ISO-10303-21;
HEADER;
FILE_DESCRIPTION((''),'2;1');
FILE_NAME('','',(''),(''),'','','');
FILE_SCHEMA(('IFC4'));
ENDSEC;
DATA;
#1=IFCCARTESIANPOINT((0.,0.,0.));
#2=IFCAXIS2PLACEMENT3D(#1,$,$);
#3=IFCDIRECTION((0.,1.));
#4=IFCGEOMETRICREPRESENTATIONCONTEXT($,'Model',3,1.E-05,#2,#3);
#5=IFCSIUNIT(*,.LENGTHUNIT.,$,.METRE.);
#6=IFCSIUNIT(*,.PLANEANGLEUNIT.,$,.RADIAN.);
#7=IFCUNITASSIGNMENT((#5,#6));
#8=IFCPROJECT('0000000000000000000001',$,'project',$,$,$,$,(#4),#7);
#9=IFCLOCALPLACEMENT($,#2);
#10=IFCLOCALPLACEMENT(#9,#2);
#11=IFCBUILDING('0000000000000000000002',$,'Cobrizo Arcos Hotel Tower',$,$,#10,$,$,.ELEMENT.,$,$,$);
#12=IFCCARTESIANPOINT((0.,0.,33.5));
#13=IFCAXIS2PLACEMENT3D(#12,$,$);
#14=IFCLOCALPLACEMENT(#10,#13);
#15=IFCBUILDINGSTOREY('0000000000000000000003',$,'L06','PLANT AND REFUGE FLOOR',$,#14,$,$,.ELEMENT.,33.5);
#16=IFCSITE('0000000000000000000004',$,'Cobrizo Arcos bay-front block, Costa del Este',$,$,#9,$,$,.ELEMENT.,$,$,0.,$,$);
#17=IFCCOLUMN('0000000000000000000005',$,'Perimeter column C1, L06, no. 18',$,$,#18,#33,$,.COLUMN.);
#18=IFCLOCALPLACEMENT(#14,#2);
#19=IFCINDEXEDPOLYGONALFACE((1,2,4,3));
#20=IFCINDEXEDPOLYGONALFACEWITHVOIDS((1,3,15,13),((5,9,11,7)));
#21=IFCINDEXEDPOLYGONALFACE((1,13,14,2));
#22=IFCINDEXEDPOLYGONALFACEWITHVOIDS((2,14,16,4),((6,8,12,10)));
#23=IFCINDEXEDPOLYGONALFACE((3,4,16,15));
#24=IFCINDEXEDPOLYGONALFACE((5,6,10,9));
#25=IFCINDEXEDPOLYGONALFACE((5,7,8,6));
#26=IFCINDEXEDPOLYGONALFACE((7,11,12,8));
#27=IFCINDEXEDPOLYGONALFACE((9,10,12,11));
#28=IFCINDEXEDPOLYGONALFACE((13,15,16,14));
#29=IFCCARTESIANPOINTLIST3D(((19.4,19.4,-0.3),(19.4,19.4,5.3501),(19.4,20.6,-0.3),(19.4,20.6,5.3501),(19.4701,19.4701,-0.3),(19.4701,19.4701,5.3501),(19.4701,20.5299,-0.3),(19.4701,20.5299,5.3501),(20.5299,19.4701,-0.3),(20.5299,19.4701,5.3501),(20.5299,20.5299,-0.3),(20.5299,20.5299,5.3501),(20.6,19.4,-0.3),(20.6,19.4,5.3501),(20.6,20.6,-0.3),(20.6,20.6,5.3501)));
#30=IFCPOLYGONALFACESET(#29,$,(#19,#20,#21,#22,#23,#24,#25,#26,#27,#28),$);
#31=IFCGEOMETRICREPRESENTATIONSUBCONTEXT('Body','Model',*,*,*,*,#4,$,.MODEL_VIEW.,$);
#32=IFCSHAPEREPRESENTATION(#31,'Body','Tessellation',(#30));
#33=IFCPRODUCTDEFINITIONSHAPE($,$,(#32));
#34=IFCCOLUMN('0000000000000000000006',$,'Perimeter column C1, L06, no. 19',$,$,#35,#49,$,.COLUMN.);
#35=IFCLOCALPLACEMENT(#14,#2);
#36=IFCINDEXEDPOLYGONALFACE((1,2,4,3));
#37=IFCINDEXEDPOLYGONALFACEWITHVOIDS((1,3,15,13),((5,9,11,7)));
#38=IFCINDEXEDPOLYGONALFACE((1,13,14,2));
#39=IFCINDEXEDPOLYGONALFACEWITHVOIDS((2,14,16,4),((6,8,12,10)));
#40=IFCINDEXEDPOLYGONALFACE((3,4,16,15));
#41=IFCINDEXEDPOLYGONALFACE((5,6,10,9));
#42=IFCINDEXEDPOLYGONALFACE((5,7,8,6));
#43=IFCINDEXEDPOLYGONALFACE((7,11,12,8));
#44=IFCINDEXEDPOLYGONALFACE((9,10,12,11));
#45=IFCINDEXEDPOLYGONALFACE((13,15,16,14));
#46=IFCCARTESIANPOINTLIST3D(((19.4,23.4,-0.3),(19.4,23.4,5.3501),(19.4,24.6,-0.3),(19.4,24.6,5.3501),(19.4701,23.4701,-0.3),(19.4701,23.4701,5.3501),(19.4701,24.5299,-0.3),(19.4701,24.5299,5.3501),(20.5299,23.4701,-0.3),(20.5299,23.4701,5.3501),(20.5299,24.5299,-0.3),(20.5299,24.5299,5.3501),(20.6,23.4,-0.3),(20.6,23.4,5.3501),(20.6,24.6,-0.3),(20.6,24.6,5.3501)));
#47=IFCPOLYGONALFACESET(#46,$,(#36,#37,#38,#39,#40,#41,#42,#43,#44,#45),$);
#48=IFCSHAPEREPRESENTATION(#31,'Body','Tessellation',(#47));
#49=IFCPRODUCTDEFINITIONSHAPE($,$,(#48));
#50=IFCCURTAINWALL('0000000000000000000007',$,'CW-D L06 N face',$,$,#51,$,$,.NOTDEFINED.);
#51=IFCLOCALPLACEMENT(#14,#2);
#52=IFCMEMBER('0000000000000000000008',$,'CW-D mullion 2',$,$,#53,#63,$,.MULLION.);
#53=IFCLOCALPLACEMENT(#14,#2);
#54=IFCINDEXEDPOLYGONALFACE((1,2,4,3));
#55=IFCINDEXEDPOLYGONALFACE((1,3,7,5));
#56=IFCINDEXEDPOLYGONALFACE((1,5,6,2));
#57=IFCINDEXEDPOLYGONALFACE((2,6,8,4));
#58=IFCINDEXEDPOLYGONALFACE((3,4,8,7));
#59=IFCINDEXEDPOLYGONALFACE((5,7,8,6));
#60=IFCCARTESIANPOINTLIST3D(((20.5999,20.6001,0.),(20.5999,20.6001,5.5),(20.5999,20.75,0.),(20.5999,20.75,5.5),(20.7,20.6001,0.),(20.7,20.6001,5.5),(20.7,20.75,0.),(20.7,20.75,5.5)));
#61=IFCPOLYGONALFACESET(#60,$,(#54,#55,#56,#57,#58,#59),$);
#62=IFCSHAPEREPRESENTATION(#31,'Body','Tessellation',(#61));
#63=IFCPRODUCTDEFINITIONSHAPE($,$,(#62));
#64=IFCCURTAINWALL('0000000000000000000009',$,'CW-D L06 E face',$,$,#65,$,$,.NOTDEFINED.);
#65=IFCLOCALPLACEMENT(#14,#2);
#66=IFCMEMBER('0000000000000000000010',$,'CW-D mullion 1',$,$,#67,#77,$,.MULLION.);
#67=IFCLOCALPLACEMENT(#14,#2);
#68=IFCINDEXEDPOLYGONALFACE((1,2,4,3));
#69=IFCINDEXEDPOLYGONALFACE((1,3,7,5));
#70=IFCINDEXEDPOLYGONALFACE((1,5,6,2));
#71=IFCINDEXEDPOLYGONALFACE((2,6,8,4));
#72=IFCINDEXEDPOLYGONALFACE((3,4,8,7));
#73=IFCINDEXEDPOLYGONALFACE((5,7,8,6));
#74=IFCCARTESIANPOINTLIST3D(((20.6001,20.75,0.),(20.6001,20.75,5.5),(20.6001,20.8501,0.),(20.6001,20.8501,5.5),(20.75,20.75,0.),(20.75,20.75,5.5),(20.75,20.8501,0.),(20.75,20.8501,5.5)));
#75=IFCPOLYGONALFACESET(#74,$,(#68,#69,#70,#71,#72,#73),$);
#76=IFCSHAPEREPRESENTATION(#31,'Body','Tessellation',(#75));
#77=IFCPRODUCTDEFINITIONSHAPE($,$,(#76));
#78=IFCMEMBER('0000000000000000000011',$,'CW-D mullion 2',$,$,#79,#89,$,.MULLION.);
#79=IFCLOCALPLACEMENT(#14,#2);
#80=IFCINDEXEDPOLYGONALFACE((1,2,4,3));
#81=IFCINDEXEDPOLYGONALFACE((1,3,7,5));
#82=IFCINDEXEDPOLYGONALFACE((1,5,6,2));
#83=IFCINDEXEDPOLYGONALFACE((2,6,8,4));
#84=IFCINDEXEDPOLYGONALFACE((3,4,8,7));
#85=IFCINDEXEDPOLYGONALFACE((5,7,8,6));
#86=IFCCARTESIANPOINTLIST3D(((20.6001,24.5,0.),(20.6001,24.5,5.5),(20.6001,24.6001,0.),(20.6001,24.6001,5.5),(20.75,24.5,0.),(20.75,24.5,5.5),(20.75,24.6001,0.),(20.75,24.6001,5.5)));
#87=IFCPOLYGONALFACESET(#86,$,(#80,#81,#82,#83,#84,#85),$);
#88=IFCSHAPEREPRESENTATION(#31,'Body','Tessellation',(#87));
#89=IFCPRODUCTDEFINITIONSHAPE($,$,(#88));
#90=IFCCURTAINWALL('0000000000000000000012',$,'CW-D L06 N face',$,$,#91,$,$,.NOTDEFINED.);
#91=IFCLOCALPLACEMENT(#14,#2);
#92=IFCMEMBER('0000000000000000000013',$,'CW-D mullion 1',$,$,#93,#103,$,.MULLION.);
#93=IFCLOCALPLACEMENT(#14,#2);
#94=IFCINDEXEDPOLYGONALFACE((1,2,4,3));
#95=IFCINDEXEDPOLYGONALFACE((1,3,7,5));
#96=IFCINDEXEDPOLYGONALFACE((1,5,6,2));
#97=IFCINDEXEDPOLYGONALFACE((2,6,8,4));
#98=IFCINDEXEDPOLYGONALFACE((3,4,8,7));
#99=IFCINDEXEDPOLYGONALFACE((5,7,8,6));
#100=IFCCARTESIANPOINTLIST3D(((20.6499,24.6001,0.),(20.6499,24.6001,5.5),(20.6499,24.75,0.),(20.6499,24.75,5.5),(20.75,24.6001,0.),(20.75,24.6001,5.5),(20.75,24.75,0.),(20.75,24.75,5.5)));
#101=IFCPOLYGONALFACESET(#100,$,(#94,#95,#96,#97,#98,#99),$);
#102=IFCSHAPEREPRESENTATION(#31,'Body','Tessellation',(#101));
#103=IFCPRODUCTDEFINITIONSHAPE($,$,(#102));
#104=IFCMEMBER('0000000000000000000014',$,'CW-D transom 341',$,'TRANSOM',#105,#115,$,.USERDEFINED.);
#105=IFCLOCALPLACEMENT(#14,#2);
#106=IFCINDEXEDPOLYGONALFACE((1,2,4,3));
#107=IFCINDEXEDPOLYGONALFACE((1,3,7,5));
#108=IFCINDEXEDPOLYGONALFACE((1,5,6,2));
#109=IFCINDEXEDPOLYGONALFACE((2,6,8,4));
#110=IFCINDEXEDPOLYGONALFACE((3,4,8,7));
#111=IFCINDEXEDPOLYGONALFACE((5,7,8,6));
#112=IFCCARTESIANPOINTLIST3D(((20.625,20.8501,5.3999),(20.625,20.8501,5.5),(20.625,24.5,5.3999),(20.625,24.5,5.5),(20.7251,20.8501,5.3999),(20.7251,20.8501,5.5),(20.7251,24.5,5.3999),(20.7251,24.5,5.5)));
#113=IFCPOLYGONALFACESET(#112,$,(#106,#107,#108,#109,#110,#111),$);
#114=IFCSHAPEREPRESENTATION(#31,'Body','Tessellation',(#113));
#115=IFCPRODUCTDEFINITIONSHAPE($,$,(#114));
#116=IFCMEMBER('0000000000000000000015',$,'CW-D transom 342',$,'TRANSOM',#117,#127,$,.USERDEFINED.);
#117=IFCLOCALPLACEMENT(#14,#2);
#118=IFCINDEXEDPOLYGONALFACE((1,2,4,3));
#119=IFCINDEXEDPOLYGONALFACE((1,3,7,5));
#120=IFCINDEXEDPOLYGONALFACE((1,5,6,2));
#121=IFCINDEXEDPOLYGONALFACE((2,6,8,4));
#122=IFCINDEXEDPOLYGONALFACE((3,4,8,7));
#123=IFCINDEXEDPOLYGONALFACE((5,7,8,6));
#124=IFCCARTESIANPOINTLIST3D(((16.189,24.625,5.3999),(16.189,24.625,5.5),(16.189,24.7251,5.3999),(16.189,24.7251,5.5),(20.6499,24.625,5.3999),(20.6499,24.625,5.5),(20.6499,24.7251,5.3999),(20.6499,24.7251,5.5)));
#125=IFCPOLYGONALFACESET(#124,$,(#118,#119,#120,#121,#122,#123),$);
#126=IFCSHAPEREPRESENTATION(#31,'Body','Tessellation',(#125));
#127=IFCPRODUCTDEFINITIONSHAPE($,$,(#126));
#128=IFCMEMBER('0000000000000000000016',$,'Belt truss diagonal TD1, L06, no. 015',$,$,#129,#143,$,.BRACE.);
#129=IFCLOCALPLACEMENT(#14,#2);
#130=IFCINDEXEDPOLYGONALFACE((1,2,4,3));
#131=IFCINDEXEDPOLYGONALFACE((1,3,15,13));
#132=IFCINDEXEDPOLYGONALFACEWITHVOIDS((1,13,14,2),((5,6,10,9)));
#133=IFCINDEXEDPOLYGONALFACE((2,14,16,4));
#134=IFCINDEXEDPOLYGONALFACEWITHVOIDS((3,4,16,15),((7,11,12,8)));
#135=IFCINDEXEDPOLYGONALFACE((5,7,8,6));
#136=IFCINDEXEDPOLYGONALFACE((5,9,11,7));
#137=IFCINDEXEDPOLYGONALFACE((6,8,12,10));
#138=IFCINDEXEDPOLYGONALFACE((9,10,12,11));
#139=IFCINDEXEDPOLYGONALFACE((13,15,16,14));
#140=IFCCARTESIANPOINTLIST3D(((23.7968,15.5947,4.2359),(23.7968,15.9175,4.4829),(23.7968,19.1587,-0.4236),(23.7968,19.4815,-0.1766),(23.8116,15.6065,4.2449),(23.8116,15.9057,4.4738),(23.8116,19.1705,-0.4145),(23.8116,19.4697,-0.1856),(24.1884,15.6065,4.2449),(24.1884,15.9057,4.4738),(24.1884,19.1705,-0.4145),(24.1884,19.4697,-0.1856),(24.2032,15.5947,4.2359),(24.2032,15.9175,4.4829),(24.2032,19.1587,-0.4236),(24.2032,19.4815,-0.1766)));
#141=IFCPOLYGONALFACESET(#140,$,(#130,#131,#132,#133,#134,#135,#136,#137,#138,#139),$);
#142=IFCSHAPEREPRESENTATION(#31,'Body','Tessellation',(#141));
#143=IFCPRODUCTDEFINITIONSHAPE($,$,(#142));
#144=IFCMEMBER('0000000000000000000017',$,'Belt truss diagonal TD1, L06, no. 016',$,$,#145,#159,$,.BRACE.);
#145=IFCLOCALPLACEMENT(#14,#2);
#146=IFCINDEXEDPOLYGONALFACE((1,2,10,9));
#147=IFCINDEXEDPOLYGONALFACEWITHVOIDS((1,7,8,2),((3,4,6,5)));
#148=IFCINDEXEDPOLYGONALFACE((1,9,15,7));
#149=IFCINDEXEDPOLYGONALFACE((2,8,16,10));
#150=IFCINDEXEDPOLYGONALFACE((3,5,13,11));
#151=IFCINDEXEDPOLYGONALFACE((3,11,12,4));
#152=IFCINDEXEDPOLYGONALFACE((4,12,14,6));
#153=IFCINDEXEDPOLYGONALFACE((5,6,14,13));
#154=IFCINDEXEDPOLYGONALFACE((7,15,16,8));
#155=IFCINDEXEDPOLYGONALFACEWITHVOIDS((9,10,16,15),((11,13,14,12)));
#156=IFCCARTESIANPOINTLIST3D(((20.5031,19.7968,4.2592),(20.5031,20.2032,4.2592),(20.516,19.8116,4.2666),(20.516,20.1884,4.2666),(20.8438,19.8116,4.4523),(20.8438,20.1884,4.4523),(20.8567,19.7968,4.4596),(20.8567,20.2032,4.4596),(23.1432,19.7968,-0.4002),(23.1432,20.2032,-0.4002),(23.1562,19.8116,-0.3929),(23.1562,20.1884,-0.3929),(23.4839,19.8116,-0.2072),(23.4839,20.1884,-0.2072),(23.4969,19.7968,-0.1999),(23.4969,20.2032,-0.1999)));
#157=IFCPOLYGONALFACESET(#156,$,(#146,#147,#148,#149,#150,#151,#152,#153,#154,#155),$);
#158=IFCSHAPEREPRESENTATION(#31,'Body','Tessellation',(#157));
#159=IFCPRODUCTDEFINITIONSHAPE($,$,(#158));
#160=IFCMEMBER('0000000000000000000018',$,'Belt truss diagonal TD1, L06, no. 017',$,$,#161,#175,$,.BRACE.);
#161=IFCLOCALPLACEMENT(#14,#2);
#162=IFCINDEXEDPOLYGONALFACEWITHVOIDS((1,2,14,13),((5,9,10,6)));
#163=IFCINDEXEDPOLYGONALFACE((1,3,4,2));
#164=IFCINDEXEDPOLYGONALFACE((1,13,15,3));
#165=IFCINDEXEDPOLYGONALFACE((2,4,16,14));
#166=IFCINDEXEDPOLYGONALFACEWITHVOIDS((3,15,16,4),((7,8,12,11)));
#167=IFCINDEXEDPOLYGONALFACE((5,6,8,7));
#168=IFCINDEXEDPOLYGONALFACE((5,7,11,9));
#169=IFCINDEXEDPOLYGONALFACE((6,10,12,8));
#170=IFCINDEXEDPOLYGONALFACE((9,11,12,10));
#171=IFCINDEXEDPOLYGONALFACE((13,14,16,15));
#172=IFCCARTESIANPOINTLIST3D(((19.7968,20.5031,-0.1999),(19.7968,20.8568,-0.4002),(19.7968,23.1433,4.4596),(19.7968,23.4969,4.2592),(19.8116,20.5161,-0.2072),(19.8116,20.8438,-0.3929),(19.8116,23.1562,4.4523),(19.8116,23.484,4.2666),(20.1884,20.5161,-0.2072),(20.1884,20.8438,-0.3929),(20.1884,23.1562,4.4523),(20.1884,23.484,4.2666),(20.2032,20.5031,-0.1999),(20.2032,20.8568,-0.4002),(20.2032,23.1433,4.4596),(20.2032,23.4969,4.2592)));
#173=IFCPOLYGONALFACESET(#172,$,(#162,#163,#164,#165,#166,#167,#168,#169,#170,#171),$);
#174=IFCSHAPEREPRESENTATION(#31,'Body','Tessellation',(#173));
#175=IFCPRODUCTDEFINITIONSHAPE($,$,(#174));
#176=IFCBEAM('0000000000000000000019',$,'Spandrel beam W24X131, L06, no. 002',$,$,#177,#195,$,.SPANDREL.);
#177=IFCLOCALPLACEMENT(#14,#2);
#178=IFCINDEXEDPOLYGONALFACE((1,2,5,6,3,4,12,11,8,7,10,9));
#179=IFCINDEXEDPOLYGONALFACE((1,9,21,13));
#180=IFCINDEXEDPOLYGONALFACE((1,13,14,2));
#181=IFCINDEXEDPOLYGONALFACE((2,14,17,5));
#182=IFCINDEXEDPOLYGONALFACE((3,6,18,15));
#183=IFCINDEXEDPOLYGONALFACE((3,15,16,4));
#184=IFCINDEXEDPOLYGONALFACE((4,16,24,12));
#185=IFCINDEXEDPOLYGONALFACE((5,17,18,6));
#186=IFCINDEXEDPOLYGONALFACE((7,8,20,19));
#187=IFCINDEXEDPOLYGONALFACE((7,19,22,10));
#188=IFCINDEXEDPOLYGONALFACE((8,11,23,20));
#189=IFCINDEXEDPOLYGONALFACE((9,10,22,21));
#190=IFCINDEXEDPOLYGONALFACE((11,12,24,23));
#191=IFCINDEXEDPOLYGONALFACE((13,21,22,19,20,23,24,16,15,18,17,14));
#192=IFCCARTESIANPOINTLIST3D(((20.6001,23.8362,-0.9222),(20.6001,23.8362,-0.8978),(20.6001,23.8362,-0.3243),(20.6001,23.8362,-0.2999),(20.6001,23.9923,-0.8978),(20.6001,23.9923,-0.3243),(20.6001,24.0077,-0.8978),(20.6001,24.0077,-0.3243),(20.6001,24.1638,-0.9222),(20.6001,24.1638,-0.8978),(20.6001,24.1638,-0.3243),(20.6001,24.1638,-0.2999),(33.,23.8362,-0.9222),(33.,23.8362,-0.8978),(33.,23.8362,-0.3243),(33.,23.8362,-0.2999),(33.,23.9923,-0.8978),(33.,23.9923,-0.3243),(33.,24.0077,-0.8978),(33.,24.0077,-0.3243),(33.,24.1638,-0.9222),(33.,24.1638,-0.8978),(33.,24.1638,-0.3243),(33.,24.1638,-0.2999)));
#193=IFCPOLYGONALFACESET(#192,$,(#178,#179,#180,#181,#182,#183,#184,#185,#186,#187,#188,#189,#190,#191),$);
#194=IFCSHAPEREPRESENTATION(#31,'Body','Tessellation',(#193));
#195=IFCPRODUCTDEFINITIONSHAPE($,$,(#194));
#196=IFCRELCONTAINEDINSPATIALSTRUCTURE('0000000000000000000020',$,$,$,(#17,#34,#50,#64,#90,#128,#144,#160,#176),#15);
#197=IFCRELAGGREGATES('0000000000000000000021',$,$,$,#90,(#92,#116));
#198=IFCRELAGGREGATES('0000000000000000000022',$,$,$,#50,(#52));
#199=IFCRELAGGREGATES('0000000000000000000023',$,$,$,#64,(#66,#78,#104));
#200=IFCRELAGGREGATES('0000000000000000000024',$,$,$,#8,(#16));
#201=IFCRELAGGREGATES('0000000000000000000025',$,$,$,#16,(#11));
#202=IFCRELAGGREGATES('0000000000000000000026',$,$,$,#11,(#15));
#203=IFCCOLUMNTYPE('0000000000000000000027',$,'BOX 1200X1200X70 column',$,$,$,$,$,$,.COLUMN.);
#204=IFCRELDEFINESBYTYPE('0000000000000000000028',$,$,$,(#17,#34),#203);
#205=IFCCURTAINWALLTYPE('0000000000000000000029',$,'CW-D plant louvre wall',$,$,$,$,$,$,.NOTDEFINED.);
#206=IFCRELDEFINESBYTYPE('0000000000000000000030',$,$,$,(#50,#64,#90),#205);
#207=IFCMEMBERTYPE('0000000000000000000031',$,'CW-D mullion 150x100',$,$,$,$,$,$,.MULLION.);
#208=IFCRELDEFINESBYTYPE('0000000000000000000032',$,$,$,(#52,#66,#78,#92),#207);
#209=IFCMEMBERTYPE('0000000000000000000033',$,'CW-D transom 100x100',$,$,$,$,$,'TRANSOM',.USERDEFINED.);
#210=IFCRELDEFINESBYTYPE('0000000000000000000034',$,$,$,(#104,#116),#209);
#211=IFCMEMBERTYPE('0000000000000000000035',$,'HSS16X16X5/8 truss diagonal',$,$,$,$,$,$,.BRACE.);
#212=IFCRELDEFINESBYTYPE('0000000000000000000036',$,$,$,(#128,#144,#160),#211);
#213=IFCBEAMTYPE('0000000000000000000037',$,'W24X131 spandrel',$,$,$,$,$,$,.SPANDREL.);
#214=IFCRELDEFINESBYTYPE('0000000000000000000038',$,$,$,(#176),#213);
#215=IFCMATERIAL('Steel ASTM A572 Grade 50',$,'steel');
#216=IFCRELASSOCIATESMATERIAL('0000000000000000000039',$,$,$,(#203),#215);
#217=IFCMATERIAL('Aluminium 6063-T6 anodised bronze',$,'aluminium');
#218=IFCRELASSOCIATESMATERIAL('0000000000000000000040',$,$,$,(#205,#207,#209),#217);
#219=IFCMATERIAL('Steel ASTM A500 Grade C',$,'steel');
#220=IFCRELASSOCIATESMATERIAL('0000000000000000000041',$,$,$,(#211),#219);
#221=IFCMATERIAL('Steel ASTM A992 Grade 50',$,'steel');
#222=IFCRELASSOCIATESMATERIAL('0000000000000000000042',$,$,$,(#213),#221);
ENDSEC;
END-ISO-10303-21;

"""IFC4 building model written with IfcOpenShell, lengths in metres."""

from ifc_helpers import new_model, si_unit, direction, frame, origin, origin_2d, place, context, subcontext, project, spatial, rectangle, hollow_rectangle, i_section, extrude, material, material_profile, profile_set, type_object, element, aggregate, save


model = new_model("IFC4")

# Units and contexts
model_context = context("Model", 3, precision=1e-05, world=origin(), true_north=direction((0.0, 1.0)))
body_context = subcontext(model_context, "Body", "Model", "MODEL_VIEW")
ifc_project = project(units=[si_unit("LENGTHUNIT", "METRE"), si_unit("PLANEANGLEUNIT", "RADIAN")], contexts=[model_context])

# Site, building, storey
site_placement = place(None, origin())
site = spatial("IfcSite", under=ifc_project, at=site_placement, Name="Cobrizo Arcos bay-front block, Costa del Este", CompositionType="ELEMENT", RefElevation=0.0)
building_placement = place(site_placement, origin())
building = spatial("IfcBuilding", under=site, at=building_placement, Name="Cobrizo Arcos Hotel Tower", CompositionType="ELEMENT")
storey_placement = place(building_placement, frame((0.0, 0.0, 33.5)))
storey = spatial("IfcBuildingStorey", under=building, at=storey_placement, Name="L06", Description="PLANT AND REFUGE FLOOR", CompositionType="ELEMENT", Elevation=33.5)

# Columns
ifc_material_1 = material(Name="Steel ASTM A572 Grade 50", Category="steel")
ifc_material_profile_1 = material_profile(ifc_material_1, hollow_rectangle(XDim=1.2, YDim=1.2, WallThickness=0.0701, at=origin_2d()), Name="BOX 1200X1200X70")
ifc_profile_set_1 = profile_set([ifc_material_profile_1], Name="Steel ASTM A572 Grade 50")
column_type = type_object("IfcColumnType", Name="BOX 1200X1200X70 column", PredefinedType="COLUMN", material=ifc_profile_set_1)
for number, where, z_axis, x_axis, name in (
    (1, (20.0, 20.0, -0.3), (0.0, 0.0, 1.0), (1.0, 0.0, 0.0), "Perimeter column C1, L06, no. 18"),
    (2, (20.0, 24.0, -0.3), (0.0, 0.0, 1.0), (1.0, 0.0, 0.0), "Perimeter column C1, L06, no. 19"),
):
    element("IfcColumn", number, at=place(storey_placement, frame(where, z_axis=z_axis, x_axis=x_axis)), inside=storey, type_object=column_type, Name=name, PredefinedType="COLUMN", context=body_context, shape_type="SweptSolid", body=[
        extrude(hollow_rectangle(XDim=1.2, YDim=1.2, WallThickness=0.0701, at=origin_2d()), origin(), (0.0, 0.0, 1.0), 5.6501),
    ])

# Curtain wall, member
ifc_material_2 = material(Name="Aluminium 6063-T6 anodised bronze", Category="aluminium")
curtain_wall_type = type_object("IfcCurtainWallType", Name="CW-D plant louvre wall", PredefinedType="NOTDEFINED", material=ifc_material_2)
curtain_wall_1_placement = place(storey_placement, origin())
curtain_wall_1 = element("IfcCurtainWall", 3, at=curtain_wall_1_placement, inside=storey, type_object=curtain_wall_type, Name="CW-D L06 N face", PredefinedType="NOTDEFINED")
ifc_material_profile_2 = material_profile(ifc_material_2, rectangle(XDim=0.1499, YDim=0.1001, at=origin_2d()), Name="CW-D mullion 150x100")
ifc_profile_set_2 = profile_set([ifc_material_profile_2], Name="Aluminium 6063-T6 anodised bronze")
member_type_1 = type_object("IfcMemberType", Name="CW-D mullion 150x100", PredefinedType="MULLION", material=ifc_profile_set_2)
member_1_placement = place(storey_placement, frame((20.6499, 20.675, 0.0), z_axis=(0.0, 0.0, 1.0), x_axis=(0.0, 1.0, 0.0)))
member_1 = element("IfcMember", 4, at=member_1_placement, type_object=member_type_1, Name="CW-D mullion 2", PredefinedType="MULLION", context=body_context, shape_type="SweptSolid", body=[
    extrude(rectangle(XDim=0.1499, YDim=0.1001, at=origin_2d()), origin(), (0.0, 0.0, 1.0), 5.5),
])

# Curtain wall, members
curtain_wall_2_placement = place(storey_placement, origin())
curtain_wall_2 = element("IfcCurtainWall", 5, at=curtain_wall_2_placement, inside=storey, type_object=curtain_wall_type, Name="CW-D L06 E face", PredefinedType="NOTDEFINED")
member_2_placement = place(storey_placement, frame((20.675, 20.8, 0.0), z_axis=(0.0, 0.0, 1.0), x_axis=(1.0, 0.0, 0.0)))
member_2 = element("IfcMember", 6, at=member_2_placement, type_object=member_type_1, Name="CW-D mullion 1", PredefinedType="MULLION", context=body_context, shape_type="SweptSolid", body=[
    extrude(rectangle(XDim=0.1499, YDim=0.1001, at=origin_2d()), origin(), (0.0, 0.0, 1.0), 5.5),
])
member_3_placement = place(storey_placement, frame((20.675, 24.55, 0.0), z_axis=(0.0, 0.0, 1.0), x_axis=(1.0, 0.0, 0.0)))
member_3 = element("IfcMember", 7, at=member_3_placement, type_object=member_type_1, Name="CW-D mullion 2", PredefinedType="MULLION", context=body_context, shape_type="SweptSolid", body=[
    extrude(rectangle(XDim=0.1499, YDim=0.1001, at=origin_2d()), origin(), (0.0, 0.0, 1.0), 5.5),
])

# Curtain wall, member
curtain_wall_3_placement = place(storey_placement, origin())
curtain_wall_3 = element("IfcCurtainWall", 8, at=curtain_wall_3_placement, inside=storey, type_object=curtain_wall_type, Name="CW-D L06 N face", PredefinedType="NOTDEFINED")
member_4_placement = place(storey_placement, frame((20.7, 24.675, 0.0), z_axis=(0.0, 0.0, 1.0), x_axis=(0.0, 1.0, 0.0)))
member_4 = element("IfcMember", 9, at=member_4_placement, type_object=member_type_1, Name="CW-D mullion 1", PredefinedType="MULLION", context=body_context, shape_type="SweptSolid", body=[
    extrude(rectangle(XDim=0.1499, YDim=0.1001, at=origin_2d()), origin(), (0.0, 0.0, 1.0), 5.5),
])

# Members
ifc_material_profile_3 = material_profile(ifc_material_2, rectangle(XDim=0.1001, YDim=0.1001, at=origin_2d()), Name="CW-D transom 100x100")
ifc_profile_set_3 = profile_set([ifc_material_profile_3], Name="Aluminium 6063-T6 anodised bronze")
member_type_2 = type_object("IfcMemberType", Name="CW-D transom 100x100", ElementType="TRANSOM", PredefinedType="USERDEFINED", material=ifc_profile_set_3)
member_5_placement = place(storey_placement, frame((20.675, 20.8501, 5.45), z_axis=(0.0, 1.0, 0.0), x_axis=(-1.0, 0.0, 0.0)))
member_5 = element("IfcMember", 10, at=member_5_placement, type_object=member_type_2, Name="CW-D transom 341", ObjectType="TRANSOM", PredefinedType="USERDEFINED", context=body_context, shape_type="SweptSolid", body=[
    extrude(rectangle(XDim=0.1001, YDim=0.1001, at=origin_2d()), origin(), (0.0, 0.0, 1.0), 3.6499),
])
member_6_placement = place(storey_placement, frame((20.6499, 24.675, 5.45), z_axis=(-1.0, 0.0, 0.0), x_axis=(0.0, -1.0, 0.0)))
member_6 = element("IfcMember", 11, at=member_6_placement, type_object=member_type_2, Name="CW-D transom 342", ObjectType="TRANSOM", PredefinedType="USERDEFINED", context=body_context, shape_type="SweptSolid", body=[
    extrude(rectangle(XDim=0.1001, YDim=0.1001, at=origin_2d()), origin(), (0.0, 0.0, 1.0), 4.4609),
])
aggregate(curtain_wall_3, [member_4, member_6])

# Members
ifc_material_3 = material(Name="Steel ASTM A500 Grade C", Category="steel")
ifc_material_profile_4 = material_profile(ifc_material_3, hollow_rectangle(XDim=0.4065, YDim=0.4065, WallThickness=0.0149, at=origin_2d()), Name="HSS16X16X5/8")
ifc_profile_set_4 = profile_set([ifc_material_profile_4], Name="Steel ASTM A500 Grade C")
member_type_3 = type_object("IfcMemberType", Name="HSS16X16X5/8 truss diagonal", PredefinedType="BRACE", material=ifc_profile_set_4)
member_7_placement = place(storey_placement, frame((24.0, 15.7561, 4.3594), z_axis=(0.0, 0.607544, -0.794286), x_axis=(-1.0, 0.0, 0.0)))
element("IfcMember", 12, at=member_7_placement, inside=storey, type_object=member_type_3, Name="Belt truss diagonal TD1, L06, no. 015", PredefinedType="BRACE", context=body_context, shape_type="SweptSolid", body=[
    extrude(hollow_rectangle(XDim=0.4065, YDim=0.4065, WallThickness=0.0149, at=origin_2d()), origin(), (0.0, 0.0, 1.0), 5.8662),
])
for number, where, z_axis, x_axis, name in (
    (13, (23.3201, 20.0, -0.3), (-0.492984, 0.0, 0.870038), (0.0, -1.0, 0.0), "Belt truss diagonal TD1, L06, no. 016"),
    (14, (20.0, 20.6799, -0.3), (0.0, 0.492984, 0.870038), (-1.0, 0.0, 0.0), "Belt truss diagonal TD1, L06, no. 017"),
):
    element("IfcMember", number, at=place(storey_placement, frame(where, z_axis=z_axis, x_axis=x_axis)), inside=storey, type_object=member_type_3, Name=name, PredefinedType="BRACE", context=body_context, shape_type="SweptSolid", body=[
        extrude(hollow_rectangle(XDim=0.4065, YDim=0.4065, WallThickness=0.0149, at=origin_2d()), origin(), (0.0, 0.0, 1.0), 5.3555),
    ])

# Beam
ifc_material_4 = material(Name="Steel ASTM A992 Grade 50", Category="steel")
ifc_material_profile_5 = material_profile(ifc_material_4, i_section(OverallWidth=0.3276, OverallDepth=0.6223, WebThickness=0.0154, FlangeThickness=0.0244, at=origin_2d()), Name="W24X131")
ifc_profile_set_5 = profile_set([ifc_material_profile_5], Name="Steel ASTM A992 Grade 50")
beam_type = type_object("IfcBeamType", Name="W24X131 spandrel", PredefinedType="SPANDREL", material=ifc_profile_set_5)
beam_placement = place(storey_placement, frame((20.6001, 24.0, -0.6111), z_axis=(1.0, 0.0, 0.0), x_axis=(0.0, 1.0, 0.0)))
element("IfcBeam", 15, at=beam_placement, inside=storey, type_object=beam_type, Name="Spandrel beam W24X131, L06, no. 002", PredefinedType="SPANDREL", context=body_context, shape_type="SweptSolid", body=[
    extrude(i_section(OverallWidth=0.3276, OverallDepth=0.6223, WebThickness=0.0154, FlangeThickness=0.0244, at=origin_2d()), origin(), (0.0, 0.0, 1.0), 12.3999),
])

aggregate(curtain_wall_1, [member_1])
aggregate(curtain_wall_2, [member_2, member_3, member_5])

save(model, "model.ifc")
